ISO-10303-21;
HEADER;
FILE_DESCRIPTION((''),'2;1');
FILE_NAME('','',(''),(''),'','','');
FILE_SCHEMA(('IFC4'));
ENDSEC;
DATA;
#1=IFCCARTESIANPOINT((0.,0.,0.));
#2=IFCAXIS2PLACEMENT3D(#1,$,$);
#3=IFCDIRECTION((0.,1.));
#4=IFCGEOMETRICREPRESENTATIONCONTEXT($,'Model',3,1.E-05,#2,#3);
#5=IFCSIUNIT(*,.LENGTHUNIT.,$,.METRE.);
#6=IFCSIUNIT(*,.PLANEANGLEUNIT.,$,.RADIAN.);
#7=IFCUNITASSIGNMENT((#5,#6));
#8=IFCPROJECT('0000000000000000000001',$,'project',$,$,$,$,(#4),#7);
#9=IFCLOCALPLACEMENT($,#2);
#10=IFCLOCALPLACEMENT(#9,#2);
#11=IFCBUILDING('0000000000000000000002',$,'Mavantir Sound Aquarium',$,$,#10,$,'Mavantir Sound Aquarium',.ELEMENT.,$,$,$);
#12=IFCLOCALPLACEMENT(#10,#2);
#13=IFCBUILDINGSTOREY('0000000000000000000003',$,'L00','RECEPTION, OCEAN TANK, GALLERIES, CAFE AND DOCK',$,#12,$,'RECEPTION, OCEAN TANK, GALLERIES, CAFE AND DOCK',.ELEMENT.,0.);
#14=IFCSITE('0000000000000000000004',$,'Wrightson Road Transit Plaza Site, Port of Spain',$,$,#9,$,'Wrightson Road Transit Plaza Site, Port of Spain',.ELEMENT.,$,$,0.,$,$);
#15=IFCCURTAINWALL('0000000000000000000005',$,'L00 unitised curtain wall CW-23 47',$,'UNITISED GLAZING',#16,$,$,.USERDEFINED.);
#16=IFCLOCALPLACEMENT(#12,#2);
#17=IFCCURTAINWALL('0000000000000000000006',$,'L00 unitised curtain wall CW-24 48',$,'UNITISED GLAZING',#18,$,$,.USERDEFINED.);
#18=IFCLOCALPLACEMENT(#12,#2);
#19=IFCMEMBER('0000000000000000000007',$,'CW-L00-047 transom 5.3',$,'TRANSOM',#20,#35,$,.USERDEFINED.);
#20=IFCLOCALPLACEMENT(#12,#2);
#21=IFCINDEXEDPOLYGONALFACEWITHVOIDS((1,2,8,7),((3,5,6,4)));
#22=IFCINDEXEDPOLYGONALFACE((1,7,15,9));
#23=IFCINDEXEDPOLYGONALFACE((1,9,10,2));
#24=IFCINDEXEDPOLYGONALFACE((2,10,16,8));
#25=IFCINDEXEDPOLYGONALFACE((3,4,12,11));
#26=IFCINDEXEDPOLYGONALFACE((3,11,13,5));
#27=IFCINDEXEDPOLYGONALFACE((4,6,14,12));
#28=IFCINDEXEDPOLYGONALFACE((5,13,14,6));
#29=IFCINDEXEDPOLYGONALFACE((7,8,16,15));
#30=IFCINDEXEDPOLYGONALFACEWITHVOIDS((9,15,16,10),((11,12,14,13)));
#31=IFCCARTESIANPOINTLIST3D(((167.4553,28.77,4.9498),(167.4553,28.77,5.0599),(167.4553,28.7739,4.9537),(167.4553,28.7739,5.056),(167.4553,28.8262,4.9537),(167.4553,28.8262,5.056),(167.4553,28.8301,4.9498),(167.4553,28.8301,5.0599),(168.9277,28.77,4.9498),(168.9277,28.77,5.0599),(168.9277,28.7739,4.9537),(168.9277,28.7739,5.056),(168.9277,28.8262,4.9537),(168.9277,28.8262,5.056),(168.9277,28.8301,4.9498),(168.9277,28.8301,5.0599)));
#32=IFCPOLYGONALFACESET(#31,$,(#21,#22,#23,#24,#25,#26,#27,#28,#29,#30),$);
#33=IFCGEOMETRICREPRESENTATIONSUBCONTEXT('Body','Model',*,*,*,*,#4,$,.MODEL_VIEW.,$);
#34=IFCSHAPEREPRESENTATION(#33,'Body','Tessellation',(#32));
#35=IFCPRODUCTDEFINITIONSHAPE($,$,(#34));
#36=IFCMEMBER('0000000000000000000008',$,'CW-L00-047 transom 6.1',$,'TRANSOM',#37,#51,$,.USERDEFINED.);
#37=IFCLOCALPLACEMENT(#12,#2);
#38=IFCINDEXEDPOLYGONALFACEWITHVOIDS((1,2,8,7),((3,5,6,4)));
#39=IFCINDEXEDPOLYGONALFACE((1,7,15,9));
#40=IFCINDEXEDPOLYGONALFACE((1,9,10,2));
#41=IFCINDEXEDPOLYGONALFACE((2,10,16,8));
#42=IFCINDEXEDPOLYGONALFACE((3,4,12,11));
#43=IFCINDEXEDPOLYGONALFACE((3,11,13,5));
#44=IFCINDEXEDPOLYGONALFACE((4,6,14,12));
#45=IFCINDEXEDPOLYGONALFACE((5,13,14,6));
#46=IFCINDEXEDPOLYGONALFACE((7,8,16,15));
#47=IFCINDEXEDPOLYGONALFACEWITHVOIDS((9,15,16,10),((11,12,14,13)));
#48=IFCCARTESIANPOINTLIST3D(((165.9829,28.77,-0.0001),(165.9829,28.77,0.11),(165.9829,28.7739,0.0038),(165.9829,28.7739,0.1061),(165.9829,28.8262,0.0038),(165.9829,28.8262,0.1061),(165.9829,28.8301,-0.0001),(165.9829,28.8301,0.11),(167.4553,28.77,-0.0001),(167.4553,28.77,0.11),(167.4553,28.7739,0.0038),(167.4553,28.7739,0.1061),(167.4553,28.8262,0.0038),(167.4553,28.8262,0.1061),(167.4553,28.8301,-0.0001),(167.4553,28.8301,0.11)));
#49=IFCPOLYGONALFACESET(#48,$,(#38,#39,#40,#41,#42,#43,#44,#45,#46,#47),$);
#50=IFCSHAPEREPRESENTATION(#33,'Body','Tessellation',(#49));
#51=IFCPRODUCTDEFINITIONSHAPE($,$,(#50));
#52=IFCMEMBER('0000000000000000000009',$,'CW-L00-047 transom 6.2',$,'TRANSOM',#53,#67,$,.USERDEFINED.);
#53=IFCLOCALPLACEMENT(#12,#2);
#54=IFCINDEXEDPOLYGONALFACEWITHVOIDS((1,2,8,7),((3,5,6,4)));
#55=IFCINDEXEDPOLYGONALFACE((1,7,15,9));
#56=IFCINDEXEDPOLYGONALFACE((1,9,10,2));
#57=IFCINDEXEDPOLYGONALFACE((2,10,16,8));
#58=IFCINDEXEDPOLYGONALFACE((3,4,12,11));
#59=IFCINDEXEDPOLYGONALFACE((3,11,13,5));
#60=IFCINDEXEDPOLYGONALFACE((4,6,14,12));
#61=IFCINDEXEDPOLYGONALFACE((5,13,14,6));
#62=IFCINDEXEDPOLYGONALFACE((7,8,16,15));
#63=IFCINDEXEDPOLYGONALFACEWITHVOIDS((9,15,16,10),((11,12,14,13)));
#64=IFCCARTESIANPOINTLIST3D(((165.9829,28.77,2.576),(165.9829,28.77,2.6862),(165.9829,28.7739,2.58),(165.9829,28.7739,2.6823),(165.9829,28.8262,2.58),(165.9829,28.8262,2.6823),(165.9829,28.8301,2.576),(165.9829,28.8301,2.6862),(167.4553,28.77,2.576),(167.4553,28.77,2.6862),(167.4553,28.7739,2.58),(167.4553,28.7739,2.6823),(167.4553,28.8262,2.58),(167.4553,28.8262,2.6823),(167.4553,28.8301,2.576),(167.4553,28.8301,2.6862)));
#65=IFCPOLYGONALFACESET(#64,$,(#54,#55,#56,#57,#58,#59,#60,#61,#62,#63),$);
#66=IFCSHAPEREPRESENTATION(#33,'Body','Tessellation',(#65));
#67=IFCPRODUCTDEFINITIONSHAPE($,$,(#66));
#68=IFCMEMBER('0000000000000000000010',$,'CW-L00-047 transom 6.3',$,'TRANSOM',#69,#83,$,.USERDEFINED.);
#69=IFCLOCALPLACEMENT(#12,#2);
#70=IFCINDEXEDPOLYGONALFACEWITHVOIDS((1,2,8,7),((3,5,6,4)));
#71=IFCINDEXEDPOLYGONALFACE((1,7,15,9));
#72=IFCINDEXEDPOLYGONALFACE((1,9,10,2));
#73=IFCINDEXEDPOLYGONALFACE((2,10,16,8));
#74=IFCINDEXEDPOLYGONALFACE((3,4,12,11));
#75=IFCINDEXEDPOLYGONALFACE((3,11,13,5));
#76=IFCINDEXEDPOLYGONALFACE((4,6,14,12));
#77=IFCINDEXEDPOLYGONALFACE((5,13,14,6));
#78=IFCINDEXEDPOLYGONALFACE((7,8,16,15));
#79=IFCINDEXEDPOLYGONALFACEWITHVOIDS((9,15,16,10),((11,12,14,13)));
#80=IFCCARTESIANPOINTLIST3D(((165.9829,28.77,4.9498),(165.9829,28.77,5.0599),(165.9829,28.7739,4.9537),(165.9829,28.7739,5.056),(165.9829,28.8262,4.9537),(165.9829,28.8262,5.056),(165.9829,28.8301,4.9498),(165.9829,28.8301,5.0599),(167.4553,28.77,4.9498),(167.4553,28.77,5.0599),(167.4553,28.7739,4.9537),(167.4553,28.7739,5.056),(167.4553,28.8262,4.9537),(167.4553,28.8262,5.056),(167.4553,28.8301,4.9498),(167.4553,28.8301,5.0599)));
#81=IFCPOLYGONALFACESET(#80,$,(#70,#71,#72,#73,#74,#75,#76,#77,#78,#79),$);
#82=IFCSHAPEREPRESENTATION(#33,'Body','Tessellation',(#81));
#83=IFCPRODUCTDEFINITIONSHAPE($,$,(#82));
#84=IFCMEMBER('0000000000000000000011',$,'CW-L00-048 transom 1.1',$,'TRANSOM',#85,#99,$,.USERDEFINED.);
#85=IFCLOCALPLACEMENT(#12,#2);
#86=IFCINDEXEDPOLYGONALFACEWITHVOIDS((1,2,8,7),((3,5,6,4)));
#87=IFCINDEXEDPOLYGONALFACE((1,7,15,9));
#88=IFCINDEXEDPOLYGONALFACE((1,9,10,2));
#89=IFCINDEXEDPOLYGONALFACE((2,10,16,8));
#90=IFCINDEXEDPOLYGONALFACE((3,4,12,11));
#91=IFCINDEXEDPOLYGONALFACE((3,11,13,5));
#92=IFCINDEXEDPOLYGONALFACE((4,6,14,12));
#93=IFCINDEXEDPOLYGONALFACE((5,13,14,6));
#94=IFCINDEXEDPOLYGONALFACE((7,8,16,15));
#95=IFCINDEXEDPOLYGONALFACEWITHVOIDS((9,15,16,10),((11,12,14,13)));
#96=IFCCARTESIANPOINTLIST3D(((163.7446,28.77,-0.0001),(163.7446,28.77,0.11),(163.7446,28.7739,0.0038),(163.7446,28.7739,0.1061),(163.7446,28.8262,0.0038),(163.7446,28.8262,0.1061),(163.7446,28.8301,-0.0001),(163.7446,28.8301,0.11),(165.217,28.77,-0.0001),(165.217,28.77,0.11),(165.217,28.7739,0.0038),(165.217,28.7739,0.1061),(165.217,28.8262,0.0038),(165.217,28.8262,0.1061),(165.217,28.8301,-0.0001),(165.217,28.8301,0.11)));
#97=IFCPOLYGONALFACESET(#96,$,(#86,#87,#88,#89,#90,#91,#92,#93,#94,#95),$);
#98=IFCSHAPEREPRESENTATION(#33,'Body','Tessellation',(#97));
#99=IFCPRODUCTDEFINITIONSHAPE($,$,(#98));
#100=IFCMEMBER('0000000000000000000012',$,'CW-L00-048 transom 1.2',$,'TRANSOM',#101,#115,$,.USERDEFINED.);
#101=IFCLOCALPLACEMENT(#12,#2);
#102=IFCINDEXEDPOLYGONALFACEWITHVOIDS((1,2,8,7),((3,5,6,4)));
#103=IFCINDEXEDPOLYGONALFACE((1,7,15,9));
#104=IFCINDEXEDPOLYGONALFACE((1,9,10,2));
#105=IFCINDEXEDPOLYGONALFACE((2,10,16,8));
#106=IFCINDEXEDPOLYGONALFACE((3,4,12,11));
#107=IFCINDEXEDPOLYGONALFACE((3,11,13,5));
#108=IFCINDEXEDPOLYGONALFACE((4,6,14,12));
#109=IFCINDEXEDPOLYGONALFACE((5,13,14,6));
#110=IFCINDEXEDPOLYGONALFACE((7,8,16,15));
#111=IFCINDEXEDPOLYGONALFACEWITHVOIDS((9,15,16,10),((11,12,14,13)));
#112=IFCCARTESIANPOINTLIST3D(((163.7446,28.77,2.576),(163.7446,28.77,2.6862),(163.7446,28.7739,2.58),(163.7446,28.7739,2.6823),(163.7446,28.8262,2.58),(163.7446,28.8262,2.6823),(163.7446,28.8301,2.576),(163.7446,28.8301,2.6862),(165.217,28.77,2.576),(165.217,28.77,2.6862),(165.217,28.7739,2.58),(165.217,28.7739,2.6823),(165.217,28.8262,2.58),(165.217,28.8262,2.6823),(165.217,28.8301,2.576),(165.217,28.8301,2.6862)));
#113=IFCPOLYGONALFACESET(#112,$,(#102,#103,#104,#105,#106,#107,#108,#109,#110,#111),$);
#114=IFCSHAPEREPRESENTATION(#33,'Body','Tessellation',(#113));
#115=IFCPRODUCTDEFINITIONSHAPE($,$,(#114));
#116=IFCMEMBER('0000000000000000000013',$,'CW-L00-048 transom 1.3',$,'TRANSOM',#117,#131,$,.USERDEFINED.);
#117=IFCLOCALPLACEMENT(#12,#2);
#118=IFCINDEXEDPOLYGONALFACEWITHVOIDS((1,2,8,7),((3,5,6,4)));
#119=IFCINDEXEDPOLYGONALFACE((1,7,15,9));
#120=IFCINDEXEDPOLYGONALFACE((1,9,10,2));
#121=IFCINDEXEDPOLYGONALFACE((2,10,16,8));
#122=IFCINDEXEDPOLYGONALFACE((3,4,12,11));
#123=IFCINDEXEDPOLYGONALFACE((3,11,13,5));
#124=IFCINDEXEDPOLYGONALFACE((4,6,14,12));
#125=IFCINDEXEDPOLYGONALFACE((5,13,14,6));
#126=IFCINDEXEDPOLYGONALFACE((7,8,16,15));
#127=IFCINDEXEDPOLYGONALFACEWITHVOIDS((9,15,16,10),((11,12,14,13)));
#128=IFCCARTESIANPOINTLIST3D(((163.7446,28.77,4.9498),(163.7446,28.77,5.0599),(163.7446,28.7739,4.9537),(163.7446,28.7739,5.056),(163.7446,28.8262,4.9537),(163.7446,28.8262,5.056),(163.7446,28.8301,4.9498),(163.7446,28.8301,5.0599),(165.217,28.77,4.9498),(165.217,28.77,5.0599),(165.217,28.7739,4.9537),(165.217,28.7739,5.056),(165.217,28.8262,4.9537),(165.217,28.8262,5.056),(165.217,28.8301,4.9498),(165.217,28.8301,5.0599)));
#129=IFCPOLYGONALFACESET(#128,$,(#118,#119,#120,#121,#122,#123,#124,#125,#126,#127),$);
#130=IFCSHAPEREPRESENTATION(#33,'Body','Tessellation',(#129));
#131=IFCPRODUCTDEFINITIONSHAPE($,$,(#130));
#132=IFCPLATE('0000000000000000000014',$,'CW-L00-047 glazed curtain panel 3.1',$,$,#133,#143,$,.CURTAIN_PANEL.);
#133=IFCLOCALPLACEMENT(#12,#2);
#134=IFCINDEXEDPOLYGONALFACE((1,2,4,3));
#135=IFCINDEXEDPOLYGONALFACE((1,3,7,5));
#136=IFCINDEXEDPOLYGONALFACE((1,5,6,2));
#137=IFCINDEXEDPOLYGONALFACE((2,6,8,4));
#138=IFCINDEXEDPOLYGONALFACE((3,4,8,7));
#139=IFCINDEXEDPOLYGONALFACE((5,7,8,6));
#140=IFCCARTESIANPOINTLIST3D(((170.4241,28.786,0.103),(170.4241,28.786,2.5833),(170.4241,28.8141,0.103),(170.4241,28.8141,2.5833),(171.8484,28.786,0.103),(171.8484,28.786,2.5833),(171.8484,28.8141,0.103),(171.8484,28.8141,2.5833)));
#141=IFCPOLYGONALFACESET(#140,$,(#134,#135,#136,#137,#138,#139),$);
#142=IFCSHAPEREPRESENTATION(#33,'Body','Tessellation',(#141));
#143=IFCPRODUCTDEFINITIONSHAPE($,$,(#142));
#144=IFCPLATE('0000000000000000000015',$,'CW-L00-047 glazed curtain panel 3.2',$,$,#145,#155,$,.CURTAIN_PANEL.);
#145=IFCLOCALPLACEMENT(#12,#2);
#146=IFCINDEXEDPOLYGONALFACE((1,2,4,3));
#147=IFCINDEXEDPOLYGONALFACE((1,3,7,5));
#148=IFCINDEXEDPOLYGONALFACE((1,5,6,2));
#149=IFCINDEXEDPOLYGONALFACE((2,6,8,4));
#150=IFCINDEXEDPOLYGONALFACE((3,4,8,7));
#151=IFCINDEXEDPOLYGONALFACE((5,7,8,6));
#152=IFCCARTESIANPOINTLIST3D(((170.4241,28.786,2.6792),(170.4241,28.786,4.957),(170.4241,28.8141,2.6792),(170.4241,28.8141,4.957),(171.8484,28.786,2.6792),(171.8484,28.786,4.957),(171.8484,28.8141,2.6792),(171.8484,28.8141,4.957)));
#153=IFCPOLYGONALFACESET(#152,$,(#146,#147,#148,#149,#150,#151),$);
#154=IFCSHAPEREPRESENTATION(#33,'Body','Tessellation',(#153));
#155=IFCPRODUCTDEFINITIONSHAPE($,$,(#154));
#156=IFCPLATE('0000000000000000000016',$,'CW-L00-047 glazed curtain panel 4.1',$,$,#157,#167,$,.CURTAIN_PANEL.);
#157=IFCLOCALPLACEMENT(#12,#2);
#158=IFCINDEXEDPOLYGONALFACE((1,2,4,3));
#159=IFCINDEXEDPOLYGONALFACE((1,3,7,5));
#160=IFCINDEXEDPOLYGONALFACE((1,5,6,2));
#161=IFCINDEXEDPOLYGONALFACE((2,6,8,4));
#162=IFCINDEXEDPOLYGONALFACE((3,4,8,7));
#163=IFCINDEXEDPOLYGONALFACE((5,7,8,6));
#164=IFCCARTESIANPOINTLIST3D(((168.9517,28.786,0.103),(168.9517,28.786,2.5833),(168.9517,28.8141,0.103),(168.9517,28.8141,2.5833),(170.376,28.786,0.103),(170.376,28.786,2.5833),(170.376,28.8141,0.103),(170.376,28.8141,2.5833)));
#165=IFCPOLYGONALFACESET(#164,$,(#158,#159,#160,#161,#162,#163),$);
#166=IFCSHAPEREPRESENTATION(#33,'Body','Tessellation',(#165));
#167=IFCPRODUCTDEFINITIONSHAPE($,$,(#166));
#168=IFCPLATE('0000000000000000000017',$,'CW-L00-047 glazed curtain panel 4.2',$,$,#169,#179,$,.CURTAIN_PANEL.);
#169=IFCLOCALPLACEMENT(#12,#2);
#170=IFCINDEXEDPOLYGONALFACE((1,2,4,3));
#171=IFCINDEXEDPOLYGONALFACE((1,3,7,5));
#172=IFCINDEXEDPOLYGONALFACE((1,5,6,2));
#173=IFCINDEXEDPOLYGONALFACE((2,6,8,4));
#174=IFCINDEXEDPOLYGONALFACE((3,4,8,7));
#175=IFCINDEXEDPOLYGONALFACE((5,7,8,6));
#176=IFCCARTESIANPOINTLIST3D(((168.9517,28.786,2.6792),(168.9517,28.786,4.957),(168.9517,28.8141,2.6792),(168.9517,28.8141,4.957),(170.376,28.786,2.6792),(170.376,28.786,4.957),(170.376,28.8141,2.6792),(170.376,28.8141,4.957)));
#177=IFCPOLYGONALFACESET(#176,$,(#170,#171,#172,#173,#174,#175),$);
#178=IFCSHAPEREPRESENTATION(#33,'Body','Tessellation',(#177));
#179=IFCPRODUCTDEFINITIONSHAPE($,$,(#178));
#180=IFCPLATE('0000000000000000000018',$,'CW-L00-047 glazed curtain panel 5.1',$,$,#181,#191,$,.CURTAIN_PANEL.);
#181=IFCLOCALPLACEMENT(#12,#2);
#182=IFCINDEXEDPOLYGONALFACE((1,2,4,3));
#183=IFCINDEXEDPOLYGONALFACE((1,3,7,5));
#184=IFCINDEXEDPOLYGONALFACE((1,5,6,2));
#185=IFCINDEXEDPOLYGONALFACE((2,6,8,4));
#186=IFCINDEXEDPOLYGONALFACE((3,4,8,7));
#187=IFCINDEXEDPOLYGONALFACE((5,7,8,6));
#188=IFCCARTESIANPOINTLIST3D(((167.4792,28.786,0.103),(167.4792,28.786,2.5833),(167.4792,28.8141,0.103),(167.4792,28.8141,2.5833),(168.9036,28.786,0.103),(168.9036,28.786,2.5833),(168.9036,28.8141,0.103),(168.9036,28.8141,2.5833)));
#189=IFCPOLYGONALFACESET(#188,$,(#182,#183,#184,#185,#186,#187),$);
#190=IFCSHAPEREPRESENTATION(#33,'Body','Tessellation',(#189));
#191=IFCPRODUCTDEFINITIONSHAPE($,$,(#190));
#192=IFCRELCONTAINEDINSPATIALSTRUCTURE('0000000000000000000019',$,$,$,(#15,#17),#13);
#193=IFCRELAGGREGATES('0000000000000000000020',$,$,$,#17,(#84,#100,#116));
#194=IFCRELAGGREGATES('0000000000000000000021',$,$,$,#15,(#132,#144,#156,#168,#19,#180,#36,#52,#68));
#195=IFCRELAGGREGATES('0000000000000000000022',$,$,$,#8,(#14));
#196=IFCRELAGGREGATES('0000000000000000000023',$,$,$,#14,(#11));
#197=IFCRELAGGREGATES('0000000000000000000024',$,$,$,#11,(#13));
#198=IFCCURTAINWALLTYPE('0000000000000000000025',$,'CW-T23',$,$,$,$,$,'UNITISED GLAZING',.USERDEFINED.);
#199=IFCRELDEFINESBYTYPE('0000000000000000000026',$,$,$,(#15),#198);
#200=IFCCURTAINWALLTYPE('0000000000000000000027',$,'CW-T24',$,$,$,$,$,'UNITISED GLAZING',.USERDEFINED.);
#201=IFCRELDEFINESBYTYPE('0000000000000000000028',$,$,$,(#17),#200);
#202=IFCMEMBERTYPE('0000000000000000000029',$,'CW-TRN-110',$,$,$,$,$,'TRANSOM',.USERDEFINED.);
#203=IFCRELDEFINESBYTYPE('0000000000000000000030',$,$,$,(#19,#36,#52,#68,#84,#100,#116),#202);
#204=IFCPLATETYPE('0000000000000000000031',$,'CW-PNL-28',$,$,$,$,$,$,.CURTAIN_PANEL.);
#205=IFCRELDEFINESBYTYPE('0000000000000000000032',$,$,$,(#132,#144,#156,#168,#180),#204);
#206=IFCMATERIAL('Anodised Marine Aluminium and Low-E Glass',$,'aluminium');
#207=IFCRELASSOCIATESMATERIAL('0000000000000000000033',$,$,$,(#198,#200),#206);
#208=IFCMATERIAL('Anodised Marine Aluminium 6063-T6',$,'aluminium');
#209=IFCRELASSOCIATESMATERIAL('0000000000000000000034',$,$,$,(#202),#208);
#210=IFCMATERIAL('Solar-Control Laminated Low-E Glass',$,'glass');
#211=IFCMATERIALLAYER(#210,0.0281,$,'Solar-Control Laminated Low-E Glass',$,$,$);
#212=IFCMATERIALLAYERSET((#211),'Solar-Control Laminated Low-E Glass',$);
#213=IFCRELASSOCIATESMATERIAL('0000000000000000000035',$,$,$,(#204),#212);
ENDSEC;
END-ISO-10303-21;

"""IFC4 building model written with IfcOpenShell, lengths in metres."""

from ifc_helpers import new_model, si_unit, direction, frame, origin, origin_2d, place, context, subcontext, project, spatial, rectangle, hollow_rectangle, extrude, material, layer, layer_set, material_profile, profile_set, type_object, element, aggregate, save


model = new_model("IFC4")

# Units and contexts
model_context = context("Model", 3, precision=1e-05, world=origin(), true_north=direction((0.0, 1.0)))
body_context = subcontext(model_context, "Body", "Model", "MODEL_VIEW")
ifc_project = project(units=[si_unit("LENGTHUNIT", "METRE"), si_unit("PLANEANGLEUNIT", "RADIAN")], contexts=[model_context])

# Site, building, storey
site_placement = place(None, origin())
site = spatial("IfcSite", under=ifc_project, at=site_placement, Name="Wrightson Road Transit Plaza Site, Port of Spain", LongName="Wrightson Road Transit Plaza Site, Port of Spain", CompositionType="ELEMENT", RefElevation=0.0)
building_placement = place(site_placement, origin())
building = spatial("IfcBuilding", under=site, at=building_placement, Name="Mavantir Sound Aquarium", LongName="Mavantir Sound Aquarium", CompositionType="ELEMENT")
storey_placement = place(building_placement, origin())
storey = spatial("IfcBuildingStorey", under=building, at=storey_placement, Name="L00", Description="RECEPTION, OCEAN TANK, GALLERIES, CAFE AND DOCK", LongName="RECEPTION, OCEAN TANK, GALLERIES, CAFE AND DOCK", CompositionType="ELEMENT", Elevation=0.0)

# Curtain wall
ifc_material_1 = material(Name="Anodised Marine Aluminium and Low-E Glass", Category="aluminium")
curtain_wall_type_1 = type_object("IfcCurtainWallType", Name="CW-T23", ElementType="UNITISED GLAZING", PredefinedType="USERDEFINED", material=ifc_material_1)
curtain_wall_1_placement = place(storey_placement, origin())
curtain_wall_1 = element("IfcCurtainWall", 1, at=curtain_wall_1_placement, inside=storey, type_object=curtain_wall_type_1, Name="L00 unitised curtain wall CW-23 47", ObjectType="UNITISED GLAZING", PredefinedType="USERDEFINED")
ifc_material_2 = material(Name="Anodised Marine Aluminium 6063-T6", Category="aluminium")

# Curtain wall
curtain_wall_type_2 = type_object("IfcCurtainWallType", Name="CW-T24", ElementType="UNITISED GLAZING", PredefinedType="USERDEFINED", material=ifc_material_1)
curtain_wall_2_placement = place(storey_placement, origin())
curtain_wall_2 = element("IfcCurtainWall", 2, at=curtain_wall_2_placement, inside=storey, type_object=curtain_wall_type_2, Name="L00 unitised curtain wall CW-24 48", ObjectType="UNITISED GLAZING", PredefinedType="USERDEFINED")

# Members
ifc_material_profile_1 = material_profile(ifc_material_2, hollow_rectangle(XDim=0.0601, YDim=0.1101, WallThickness=0.0039, at=origin_2d()), Name="ALU-TRANSOM-110X60")
ifc_profile_set_1 = profile_set([ifc_material_profile_1], Name="Anodised Marine Aluminium 6063-T6")
member_type_1 = type_object("IfcMemberType", Name="CW-TRN-110", ElementType="TRANSOM", PredefinedType="USERDEFINED", material=ifc_profile_set_1)
member_1_placement = place(storey_placement, frame((168.9277, 28.8, 5.0049), z_axis=(-1.0, 0.0, 0.0), x_axis=(0.0, -1.0, 0.0)))
member_1 = element("IfcMember", 3, at=member_1_placement, type_object=member_type_1, Name="CW-L00-047 transom 5.3", ObjectType="TRANSOM", PredefinedType="USERDEFINED", context=body_context, shape_type="SweptSolid", body=[
    extrude(hollow_rectangle(XDim=0.0601, YDim=0.1101, WallThickness=0.0039, at=origin_2d()), origin(), (0.0, 0.0, 1.0), 1.4724),
])
member_2_placement = place(storey_placement, frame((167.4553, 28.8, 0.0549), z_axis=(-1.0, 0.0, 0.0), x_axis=(0.0, -1.0, 0.0)))
member_2 = element("IfcMember", 4, at=member_2_placement, type_object=member_type_1, Name="CW-L00-047 transom 6.1", ObjectType="TRANSOM", PredefinedType="USERDEFINED", context=body_context, shape_type="SweptSolid", body=[
    extrude(hollow_rectangle(XDim=0.0601, YDim=0.1101, WallThickness=0.0039, at=origin_2d()), origin(), (0.0, 0.0, 1.0), 1.4724),
])
member_3_placement = place(storey_placement, frame((167.4553, 28.8, 2.6311), z_axis=(-1.0, 0.0, 0.0), x_axis=(0.0, -1.0, 0.0)))
member_3 = element("IfcMember", 5, at=member_3_placement, type_object=member_type_1, Name="CW-L00-047 transom 6.2", ObjectType="TRANSOM", PredefinedType="USERDEFINED", context=body_context, shape_type="SweptSolid", body=[
    extrude(hollow_rectangle(XDim=0.0601, YDim=0.1101, WallThickness=0.0039, at=origin_2d()), origin(), (0.0, 0.0, 1.0), 1.4724),
])
member_4_placement = place(storey_placement, frame((167.4553, 28.8, 5.0049), z_axis=(-1.0, 0.0, 0.0), x_axis=(0.0, -1.0, 0.0)))
member_4 = element("IfcMember", 6, at=member_4_placement, type_object=member_type_1, Name="CW-L00-047 transom 6.3", ObjectType="TRANSOM", PredefinedType="USERDEFINED", context=body_context, shape_type="SweptSolid", body=[
    extrude(hollow_rectangle(XDim=0.0601, YDim=0.1101, WallThickness=0.0039, at=origin_2d()), origin(), (0.0, 0.0, 1.0), 1.4724),
])
member_5_placement = place(storey_placement, frame((165.217, 28.8, 0.0549), z_axis=(-1.0, 0.0, 0.0), x_axis=(0.0, -1.0, 0.0)))
member_5 = element("IfcMember", 7, at=member_5_placement, type_object=member_type_1, Name="CW-L00-048 transom 1.1", ObjectType="TRANSOM", PredefinedType="USERDEFINED", context=body_context, shape_type="SweptSolid", body=[
    extrude(hollow_rectangle(XDim=0.0601, YDim=0.1101, WallThickness=0.0039, at=origin_2d()), origin(), (0.0, 0.0, 1.0), 1.4724),
])
member_6_placement = place(storey_placement, frame((165.217, 28.8, 2.6311), z_axis=(-1.0, 0.0, 0.0), x_axis=(0.0, -1.0, 0.0)))
member_6 = element("IfcMember", 8, at=member_6_placement, type_object=member_type_1, Name="CW-L00-048 transom 1.2", ObjectType="TRANSOM", PredefinedType="USERDEFINED", context=body_context, shape_type="SweptSolid", body=[
    extrude(hollow_rectangle(XDim=0.0601, YDim=0.1101, WallThickness=0.0039, at=origin_2d()), origin(), (0.0, 0.0, 1.0), 1.4724),
])
member_7_placement = place(storey_placement, frame((165.217, 28.8, 5.0049), z_axis=(-1.0, 0.0, 0.0), x_axis=(0.0, -1.0, 0.0)))
member_7 = element("IfcMember", 9, at=member_7_placement, type_object=member_type_1, Name="CW-L00-048 transom 1.3", ObjectType="TRANSOM", PredefinedType="USERDEFINED", context=body_context, shape_type="SweptSolid", body=[
    extrude(hollow_rectangle(XDim=0.0601, YDim=0.1101, WallThickness=0.0039, at=origin_2d()), origin(), (0.0, 0.0, 1.0), 1.4724),
])
aggregate(curtain_wall_2, [member_5, member_6, member_7])

# Plates
ifc_material_3 = material(Name="Solar-Control Laminated Low-E Glass", Category="glass")
ifc_layer = layer(ifc_material_3, 0.0281, Name="Solar-Control Laminated Low-E Glass")
ifc_layer_set = layer_set([ifc_layer], Name="Solar-Control Laminated Low-E Glass")
plate_type = type_object("IfcPlateType", Name="CW-PNL-28", PredefinedType="CURTAIN_PANEL", material=ifc_layer_set)
plate_1_placement = place(storey_placement, frame((171.1362, 28.8, 0.103), z_axis=(0.0, 0.0, 1.0), x_axis=(-1.0, 0.0, 0.0)))
plate_1 = element("IfcPlate", 10, at=plate_1_placement, type_object=plate_type, Name="CW-L00-047 glazed curtain panel 3.1", PredefinedType="CURTAIN_PANEL", context=body_context, shape_type="SweptSolid", body=[
    extrude(rectangle(XDim=1.4243, YDim=0.0281, at=origin_2d()), origin(), (0.0, 0.0, 1.0), 2.4802),
])
plate_2_placement = place(storey_placement, frame((171.1362, 28.8, 2.6792), z_axis=(0.0, 0.0, 1.0), x_axis=(-1.0, 0.0, 0.0)))
plate_2 = element("IfcPlate", 11, at=plate_2_placement, type_object=plate_type, Name="CW-L00-047 glazed curtain panel 3.2", PredefinedType="CURTAIN_PANEL", context=body_context, shape_type="SweptSolid", body=[
    extrude(rectangle(XDim=1.4243, YDim=0.0281, at=origin_2d()), origin(), (0.0, 0.0, 1.0), 2.2778),
])
plate_3_placement = place(storey_placement, frame((169.6638, 28.8, 0.103), z_axis=(0.0, 0.0, 1.0), x_axis=(-1.0, 0.0, 0.0)))
plate_3 = element("IfcPlate", 12, at=plate_3_placement, type_object=plate_type, Name="CW-L00-047 glazed curtain panel 4.1", PredefinedType="CURTAIN_PANEL", context=body_context, shape_type="SweptSolid", body=[
    extrude(rectangle(XDim=1.4243, YDim=0.0281, at=origin_2d()), origin(), (0.0, 0.0, 1.0), 2.4802),
])
plate_4_placement = place(storey_placement, frame((169.6638, 28.8, 2.6792), z_axis=(0.0, 0.0, 1.0), x_axis=(-1.0, 0.0, 0.0)))
plate_4 = element("IfcPlate", 13, at=plate_4_placement, type_object=plate_type, Name="CW-L00-047 glazed curtain panel 4.2", PredefinedType="CURTAIN_PANEL", context=body_context, shape_type="SweptSolid", body=[
    extrude(rectangle(XDim=1.4243, YDim=0.0281, at=origin_2d()), origin(), (0.0, 0.0, 1.0), 2.2778),
])
plate_5_placement = place(storey_placement, frame((168.1914, 28.8, 0.103), z_axis=(0.0, 0.0, 1.0), x_axis=(-1.0, 0.0, 0.0)))
plate_5 = element("IfcPlate", 14, at=plate_5_placement, type_object=plate_type, Name="CW-L00-047 glazed curtain panel 5.1", PredefinedType="CURTAIN_PANEL", context=body_context, shape_type="SweptSolid", body=[
    extrude(rectangle(XDim=1.4243, YDim=0.0281, at=origin_2d()), origin(), (0.0, 0.0, 1.0), 2.4802),
])
aggregate(curtain_wall_1, [plate_1, plate_2, plate_3, plate_4, member_1, plate_5, member_2, member_3, member_4])

save(model, "model.ifc")
